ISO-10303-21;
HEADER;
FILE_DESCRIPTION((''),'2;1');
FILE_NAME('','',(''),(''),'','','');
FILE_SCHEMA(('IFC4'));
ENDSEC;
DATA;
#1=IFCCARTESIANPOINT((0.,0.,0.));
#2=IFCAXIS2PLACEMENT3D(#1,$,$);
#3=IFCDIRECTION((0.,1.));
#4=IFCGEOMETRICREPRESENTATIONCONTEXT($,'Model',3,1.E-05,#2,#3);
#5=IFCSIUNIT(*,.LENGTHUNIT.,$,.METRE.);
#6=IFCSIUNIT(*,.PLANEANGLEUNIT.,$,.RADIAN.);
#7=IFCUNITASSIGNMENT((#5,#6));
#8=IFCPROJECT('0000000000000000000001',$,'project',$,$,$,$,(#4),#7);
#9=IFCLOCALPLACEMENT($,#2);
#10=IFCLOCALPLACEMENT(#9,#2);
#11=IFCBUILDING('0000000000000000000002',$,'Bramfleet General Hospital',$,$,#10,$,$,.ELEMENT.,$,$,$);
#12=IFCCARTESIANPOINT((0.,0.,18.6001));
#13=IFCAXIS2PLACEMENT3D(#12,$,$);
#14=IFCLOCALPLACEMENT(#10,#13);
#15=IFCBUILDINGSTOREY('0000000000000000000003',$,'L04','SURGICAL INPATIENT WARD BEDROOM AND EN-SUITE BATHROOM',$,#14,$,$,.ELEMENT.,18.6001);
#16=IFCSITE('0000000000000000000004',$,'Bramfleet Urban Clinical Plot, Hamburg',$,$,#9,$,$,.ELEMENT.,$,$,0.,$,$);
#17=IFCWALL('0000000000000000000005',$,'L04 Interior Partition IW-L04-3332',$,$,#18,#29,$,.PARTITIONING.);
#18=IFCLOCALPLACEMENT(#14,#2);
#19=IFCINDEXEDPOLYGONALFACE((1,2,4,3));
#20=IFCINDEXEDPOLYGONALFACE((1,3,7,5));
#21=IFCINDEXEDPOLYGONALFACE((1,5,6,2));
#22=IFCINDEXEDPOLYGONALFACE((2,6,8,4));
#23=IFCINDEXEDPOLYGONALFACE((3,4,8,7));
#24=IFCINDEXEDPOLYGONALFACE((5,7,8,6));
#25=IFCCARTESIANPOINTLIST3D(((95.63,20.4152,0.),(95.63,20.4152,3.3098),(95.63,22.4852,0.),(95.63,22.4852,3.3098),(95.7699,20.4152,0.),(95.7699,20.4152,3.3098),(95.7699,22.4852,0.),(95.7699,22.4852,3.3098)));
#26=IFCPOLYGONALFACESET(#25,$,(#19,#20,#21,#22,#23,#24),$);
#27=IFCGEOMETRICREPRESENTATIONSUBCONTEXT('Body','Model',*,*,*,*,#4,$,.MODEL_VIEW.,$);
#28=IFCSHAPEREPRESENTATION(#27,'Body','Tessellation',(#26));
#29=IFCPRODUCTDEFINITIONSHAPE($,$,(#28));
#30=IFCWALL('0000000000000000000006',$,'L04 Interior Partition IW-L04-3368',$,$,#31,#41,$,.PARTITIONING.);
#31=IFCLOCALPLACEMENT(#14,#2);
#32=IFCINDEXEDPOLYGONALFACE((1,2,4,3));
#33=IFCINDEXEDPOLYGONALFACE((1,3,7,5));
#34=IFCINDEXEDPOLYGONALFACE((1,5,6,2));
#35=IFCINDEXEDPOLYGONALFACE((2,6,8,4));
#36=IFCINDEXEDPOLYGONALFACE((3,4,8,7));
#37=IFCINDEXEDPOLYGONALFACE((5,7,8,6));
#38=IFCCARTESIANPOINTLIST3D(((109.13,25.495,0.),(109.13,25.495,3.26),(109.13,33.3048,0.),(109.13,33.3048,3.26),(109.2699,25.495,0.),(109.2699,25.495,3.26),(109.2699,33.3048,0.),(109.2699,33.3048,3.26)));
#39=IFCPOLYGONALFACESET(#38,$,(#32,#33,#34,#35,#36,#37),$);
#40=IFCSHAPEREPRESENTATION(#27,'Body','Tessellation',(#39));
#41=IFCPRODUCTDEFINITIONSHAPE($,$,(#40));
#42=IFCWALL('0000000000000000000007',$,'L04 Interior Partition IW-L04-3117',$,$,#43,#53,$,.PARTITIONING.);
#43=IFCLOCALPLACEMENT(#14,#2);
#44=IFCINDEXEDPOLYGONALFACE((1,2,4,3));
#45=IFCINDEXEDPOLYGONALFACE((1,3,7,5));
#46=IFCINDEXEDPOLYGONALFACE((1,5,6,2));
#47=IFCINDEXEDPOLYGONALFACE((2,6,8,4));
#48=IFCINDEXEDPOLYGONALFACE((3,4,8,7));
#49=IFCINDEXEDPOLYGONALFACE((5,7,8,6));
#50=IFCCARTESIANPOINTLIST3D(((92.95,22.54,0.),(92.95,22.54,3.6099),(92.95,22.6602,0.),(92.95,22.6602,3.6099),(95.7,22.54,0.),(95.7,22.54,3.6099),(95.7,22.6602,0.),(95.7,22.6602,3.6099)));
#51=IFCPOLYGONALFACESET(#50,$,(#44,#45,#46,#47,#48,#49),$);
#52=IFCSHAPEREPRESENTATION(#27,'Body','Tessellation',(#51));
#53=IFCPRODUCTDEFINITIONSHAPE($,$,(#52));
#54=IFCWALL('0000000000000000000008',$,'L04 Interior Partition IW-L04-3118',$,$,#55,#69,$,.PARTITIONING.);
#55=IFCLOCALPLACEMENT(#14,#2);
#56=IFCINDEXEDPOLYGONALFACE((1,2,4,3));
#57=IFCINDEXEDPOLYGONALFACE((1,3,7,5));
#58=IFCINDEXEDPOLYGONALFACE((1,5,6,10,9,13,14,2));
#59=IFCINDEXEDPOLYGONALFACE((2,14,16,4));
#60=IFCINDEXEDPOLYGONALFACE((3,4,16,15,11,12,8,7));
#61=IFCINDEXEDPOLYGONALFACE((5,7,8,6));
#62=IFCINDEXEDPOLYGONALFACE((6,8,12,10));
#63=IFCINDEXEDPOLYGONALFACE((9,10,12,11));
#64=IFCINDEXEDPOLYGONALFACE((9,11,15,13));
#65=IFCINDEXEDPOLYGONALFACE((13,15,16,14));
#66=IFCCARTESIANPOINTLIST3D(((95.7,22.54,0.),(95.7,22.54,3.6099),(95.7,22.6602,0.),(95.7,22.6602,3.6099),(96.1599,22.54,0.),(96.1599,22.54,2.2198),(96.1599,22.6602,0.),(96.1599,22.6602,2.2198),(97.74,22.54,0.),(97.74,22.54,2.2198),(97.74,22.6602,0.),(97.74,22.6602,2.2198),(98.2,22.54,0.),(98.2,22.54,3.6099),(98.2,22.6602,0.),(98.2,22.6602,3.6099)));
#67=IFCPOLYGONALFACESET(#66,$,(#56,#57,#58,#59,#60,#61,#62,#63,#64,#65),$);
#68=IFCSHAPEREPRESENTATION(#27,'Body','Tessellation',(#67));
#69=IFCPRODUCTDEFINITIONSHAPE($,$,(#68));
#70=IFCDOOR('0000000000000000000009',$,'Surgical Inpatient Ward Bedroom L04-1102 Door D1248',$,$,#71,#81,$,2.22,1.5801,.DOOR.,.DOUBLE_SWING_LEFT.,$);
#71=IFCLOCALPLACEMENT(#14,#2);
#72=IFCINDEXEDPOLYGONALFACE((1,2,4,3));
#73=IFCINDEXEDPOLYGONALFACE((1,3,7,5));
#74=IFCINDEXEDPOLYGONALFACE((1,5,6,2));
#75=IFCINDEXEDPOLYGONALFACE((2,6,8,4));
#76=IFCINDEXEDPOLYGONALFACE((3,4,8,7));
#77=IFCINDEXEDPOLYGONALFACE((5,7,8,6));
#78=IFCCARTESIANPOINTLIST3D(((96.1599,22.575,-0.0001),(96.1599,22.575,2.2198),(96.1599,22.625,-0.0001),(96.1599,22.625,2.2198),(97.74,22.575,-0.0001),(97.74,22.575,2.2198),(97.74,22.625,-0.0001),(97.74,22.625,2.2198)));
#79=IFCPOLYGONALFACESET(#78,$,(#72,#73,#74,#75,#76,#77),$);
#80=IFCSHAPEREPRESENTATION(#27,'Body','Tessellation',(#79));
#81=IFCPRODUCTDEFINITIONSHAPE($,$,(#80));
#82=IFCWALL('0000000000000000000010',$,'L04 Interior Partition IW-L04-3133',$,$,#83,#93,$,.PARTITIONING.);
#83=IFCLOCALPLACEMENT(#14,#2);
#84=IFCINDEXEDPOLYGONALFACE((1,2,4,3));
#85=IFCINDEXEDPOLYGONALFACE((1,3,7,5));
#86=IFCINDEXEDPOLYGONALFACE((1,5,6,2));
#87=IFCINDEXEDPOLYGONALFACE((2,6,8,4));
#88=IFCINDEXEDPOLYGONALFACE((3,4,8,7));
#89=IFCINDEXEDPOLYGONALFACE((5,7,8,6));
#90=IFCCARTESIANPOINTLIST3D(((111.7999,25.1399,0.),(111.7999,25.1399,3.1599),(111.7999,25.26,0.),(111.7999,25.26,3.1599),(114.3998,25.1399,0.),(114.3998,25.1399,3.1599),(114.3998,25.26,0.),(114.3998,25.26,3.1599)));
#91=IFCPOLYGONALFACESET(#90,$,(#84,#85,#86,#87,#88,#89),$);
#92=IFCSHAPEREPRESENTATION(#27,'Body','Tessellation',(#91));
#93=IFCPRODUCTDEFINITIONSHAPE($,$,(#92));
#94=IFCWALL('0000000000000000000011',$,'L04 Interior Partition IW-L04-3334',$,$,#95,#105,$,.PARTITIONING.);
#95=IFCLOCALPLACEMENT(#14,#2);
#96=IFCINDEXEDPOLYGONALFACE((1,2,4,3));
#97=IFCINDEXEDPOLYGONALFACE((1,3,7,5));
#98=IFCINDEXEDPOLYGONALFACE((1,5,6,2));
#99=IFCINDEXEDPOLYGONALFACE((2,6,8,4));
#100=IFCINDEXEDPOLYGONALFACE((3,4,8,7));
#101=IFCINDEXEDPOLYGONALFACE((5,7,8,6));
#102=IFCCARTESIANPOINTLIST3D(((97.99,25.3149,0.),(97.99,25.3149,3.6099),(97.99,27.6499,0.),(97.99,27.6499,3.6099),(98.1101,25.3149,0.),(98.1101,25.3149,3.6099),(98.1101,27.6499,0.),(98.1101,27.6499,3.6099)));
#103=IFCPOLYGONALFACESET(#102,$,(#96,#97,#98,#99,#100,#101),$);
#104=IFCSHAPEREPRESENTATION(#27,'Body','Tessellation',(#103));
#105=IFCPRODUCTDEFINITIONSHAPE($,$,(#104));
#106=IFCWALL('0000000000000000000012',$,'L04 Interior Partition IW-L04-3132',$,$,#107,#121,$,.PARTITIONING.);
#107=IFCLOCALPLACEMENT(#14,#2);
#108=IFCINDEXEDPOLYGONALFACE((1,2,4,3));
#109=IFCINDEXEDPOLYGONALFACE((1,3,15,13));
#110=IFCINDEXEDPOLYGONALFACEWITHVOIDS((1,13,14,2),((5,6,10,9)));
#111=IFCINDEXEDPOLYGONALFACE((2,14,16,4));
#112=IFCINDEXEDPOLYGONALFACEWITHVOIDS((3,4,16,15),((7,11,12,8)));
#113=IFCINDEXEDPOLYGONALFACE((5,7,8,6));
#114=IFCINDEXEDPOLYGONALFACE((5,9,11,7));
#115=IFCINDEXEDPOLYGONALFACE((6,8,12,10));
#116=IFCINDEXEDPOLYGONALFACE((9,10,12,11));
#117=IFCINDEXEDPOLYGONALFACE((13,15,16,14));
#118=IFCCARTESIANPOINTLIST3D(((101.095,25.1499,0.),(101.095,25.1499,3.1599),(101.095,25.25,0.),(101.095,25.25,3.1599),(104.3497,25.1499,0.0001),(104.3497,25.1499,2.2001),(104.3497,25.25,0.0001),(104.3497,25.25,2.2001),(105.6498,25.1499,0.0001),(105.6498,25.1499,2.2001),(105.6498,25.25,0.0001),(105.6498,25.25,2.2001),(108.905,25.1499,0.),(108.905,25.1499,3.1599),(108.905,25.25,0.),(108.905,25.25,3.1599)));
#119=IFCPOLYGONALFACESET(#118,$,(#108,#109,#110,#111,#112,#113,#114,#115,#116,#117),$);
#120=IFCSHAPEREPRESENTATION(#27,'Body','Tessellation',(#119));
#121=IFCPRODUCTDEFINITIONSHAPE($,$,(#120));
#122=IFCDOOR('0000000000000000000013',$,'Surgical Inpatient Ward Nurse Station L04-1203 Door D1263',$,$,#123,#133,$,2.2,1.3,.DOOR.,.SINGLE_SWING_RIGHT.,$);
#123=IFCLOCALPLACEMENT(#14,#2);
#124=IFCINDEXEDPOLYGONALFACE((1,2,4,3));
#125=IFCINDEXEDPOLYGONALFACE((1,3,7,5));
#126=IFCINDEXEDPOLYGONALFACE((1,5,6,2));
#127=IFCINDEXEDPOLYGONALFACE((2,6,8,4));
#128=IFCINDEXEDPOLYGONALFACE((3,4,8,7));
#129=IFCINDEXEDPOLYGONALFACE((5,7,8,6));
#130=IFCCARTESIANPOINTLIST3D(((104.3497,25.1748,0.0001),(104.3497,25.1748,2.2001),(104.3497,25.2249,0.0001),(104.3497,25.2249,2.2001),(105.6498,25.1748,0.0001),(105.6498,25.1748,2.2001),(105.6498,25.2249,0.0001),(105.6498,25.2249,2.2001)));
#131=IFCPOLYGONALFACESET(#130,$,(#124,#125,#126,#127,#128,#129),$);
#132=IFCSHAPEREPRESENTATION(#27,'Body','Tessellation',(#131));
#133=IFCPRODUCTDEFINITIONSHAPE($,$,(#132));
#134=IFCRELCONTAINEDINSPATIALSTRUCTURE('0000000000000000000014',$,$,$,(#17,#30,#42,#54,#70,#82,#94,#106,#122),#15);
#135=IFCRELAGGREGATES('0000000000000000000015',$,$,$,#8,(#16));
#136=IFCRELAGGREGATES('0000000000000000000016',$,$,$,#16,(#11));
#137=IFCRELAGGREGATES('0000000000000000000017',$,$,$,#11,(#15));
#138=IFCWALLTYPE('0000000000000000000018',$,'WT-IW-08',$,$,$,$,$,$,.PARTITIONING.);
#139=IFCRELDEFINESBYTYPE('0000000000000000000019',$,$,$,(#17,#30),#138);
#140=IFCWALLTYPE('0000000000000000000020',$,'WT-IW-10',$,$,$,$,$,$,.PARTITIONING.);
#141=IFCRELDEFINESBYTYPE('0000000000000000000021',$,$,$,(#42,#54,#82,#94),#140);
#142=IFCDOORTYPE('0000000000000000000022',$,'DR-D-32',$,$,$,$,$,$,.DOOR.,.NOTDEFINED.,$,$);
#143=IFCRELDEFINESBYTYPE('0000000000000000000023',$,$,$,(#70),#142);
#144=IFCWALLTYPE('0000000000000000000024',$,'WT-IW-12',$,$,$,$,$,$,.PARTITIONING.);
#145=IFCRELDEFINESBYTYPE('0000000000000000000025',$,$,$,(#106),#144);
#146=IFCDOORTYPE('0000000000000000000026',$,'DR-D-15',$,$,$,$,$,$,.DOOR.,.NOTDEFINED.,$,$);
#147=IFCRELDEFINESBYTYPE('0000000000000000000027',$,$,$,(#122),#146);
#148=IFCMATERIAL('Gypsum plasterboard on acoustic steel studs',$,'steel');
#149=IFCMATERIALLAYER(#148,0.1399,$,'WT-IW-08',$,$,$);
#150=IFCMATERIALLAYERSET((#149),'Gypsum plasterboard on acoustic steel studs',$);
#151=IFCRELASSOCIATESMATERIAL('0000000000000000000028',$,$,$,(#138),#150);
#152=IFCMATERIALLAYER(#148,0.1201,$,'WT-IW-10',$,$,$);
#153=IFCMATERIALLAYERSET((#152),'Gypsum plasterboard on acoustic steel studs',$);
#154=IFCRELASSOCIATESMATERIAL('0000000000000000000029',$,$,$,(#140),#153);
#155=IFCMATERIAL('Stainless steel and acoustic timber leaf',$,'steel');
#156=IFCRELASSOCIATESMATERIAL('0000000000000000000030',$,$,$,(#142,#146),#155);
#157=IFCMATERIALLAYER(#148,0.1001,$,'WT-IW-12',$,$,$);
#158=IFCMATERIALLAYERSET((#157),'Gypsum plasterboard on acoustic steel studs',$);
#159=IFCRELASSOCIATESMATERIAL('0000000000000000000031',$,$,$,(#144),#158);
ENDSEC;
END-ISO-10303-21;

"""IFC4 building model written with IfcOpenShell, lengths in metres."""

from ifc_helpers import new_model, si_unit, direction, frame, frame_2d, origin, place, context, subcontext, project, spatial, rectangle, extrude, material, layer, layer_set, type_object, element, fill, save


model = new_model("IFC4")

# Units and contexts
model_context = context("Model", 3, precision=1e-05, world=origin(), true_north=direction((0.0, 1.0)))
body_context = subcontext(model_context, "Body", "Model", "MODEL_VIEW")
ifc_project = project(units=[si_unit("LENGTHUNIT", "METRE"), si_unit("PLANEANGLEUNIT", "RADIAN")], contexts=[model_context])

# Site, building, storey
site_placement = place(None, origin())
site = spatial("IfcSite", under=ifc_project, at=site_placement, Name="Bramfleet Urban Clinical Plot, Hamburg", CompositionType="ELEMENT", RefElevation=0.0)
building_placement = place(site_placement, origin())
building = spatial("IfcBuilding", under=site, at=building_placement, Name="Bramfleet General Hospital", CompositionType="ELEMENT")
storey_placement = place(building_placement, frame((0.0, 0.0, 18.6001)))
storey = spatial("IfcBuildingStorey", under=building, at=storey_placement, Name="L04", Description="SURGICAL INPATIENT WARD BEDROOM AND EN-SUITE BATHROOM", CompositionType="ELEMENT", Elevation=18.6001)

# Shared definitions
ifc_material_1 = material(Name="Stainless steel and acoustic timber leaf", Category="steel")

# Walls
ifc_material_2 = material(Name="Gypsum plasterboard on acoustic steel studs", Category="steel")
ifc_layer_1 = layer(ifc_material_2, 0.1399, Name="WT-IW-08")
ifc_layer_set_1 = layer_set([ifc_layer_1], Name="Gypsum plasterboard on acoustic steel studs")
wall_type_1 = type_object("IfcWallType", Name="WT-IW-08", PredefinedType="PARTITIONING", material=ifc_layer_set_1)
wall_1_placement = place(storey_placement, frame((95.7, 20.415, 0.0), z_axis=(0.0, 0.0, 1.0), x_axis=(0.0, 1.0, 0.0)))
element("IfcWall", 1, at=wall_1_placement, inside=storey, type_object=wall_type_1, Name="L04 Interior Partition IW-L04-3332", PredefinedType="PARTITIONING", context=body_context, shape_type="SweptSolid", body=[
    extrude(rectangle(XDim=2.0701, YDim=0.1399, at=frame_2d((1.0352, 0.0))), origin(), (0.0, 0.0, 1.0), 3.3098),
])
wall_2_placement = place(storey_placement, frame((109.2, 25.4951, 0.0), z_axis=(0.0, 0.0, 1.0), x_axis=(0.0, 1.0, 0.0)))
element("IfcWall", 2, at=wall_2_placement, inside=storey, type_object=wall_type_1, Name="L04 Interior Partition IW-L04-3368", PredefinedType="PARTITIONING", context=body_context, shape_type="SweptSolid", body=[
    extrude(rectangle(XDim=7.8098, YDim=0.1399, at=frame_2d((3.9048, 0.0))), origin(), (0.0, 0.0, 1.0), 3.26),
])
ifc_layer_2 = layer(ifc_material_2, 0.1201, Name="WT-IW-10")
ifc_layer_set_2 = layer_set([ifc_layer_2], Name="Gypsum plasterboard on acoustic steel studs")
wall_type_2 = type_object("IfcWallType", Name="WT-IW-10", PredefinedType="PARTITIONING", material=ifc_layer_set_2)
wall_3_placement = place(storey_placement, frame((92.95, 22.6001, 0.0), z_axis=(0.0, 0.0, 1.0), x_axis=(1.0, 0.0, 0.0)))
element("IfcWall", 3, at=wall_3_placement, inside=storey, type_object=wall_type_2, Name="L04 Interior Partition IW-L04-3117", PredefinedType="PARTITIONING", context=body_context, shape_type="SweptSolid", body=[
    extrude(rectangle(XDim=2.75, YDim=0.1201, at=frame_2d((1.375, 0.0))), origin(), (0.0, 0.0, 1.0), 3.6099),
])

# Wall, opening, door
wall_4_placement = place(storey_placement, frame((95.7, 22.6001, 0.0), z_axis=(0.0, 0.0, 1.0), x_axis=(1.0, 0.0, 0.0)))
wall_4 = element("IfcWall", 4, at=wall_4_placement, inside=storey, type_object=wall_type_2, Name="L04 Interior Partition IW-L04-3118", PredefinedType="PARTITIONING", context=body_context, shape_type="SweptSolid", body=[
    extrude(rectangle(XDim=2.5, YDim=0.1201, at=frame_2d((1.25, 0.0))), origin(), (0.0, 0.0, 1.0), 3.6099),
])
opening_1_placement = place(wall_4_placement, frame((0.46, 0.0, 0.0)))
opening_1 = element("IfcOpeningElement", 5, at=opening_1_placement, cuts=wall_4, PredefinedType="OPENING", context=body_context, shape_type="SweptSolid", body=[
    extrude(rectangle(XDim=1.5801, YDim=2.22, at=frame_2d((0.79, 1.1099))), frame((0.0, 0.0701, 0.0), z_axis=(0.0, -1.0, 0.0), x_axis=(1.0, 0.0, 0.0)), (0.0, 0.0, 1.0), 0.1401),
])
door_type_1 = type_object("IfcDoorType", Name="DR-D-32", OperationType="NOTDEFINED", PredefinedType="DOOR", material=ifc_material_1)
door_1_placement = place(opening_1_placement, origin())
door_1 = element("IfcDoor", 6, at=door_1_placement, inside=storey, type_object=door_type_1, Name="Surgical Inpatient Ward Bedroom L04-1102 Door D1248", OperationType="DOUBLE_SWING_LEFT", OverallHeight=2.22, OverallWidth=1.5801, PredefinedType="DOOR", context=body_context, shape_type="SweptSolid", body=[
    extrude(rectangle(XDim=1.5801, YDim=2.22, at=frame_2d((0.79, 1.1099))), frame((0.0, 0.0249, 0.0), z_axis=(0.0, -1.0, 0.0), x_axis=(1.0, 0.0, 0.0)), (0.0, 0.0, 1.0), 0.05),
])
fill(opening_1, door_1)

# Walls
wall_5_placement = place(storey_placement, frame((111.8, 25.2, 0.0), z_axis=(0.0, 0.0, 1.0), x_axis=(1.0, 0.0, 0.0)))
element("IfcWall", 7, at=wall_5_placement, inside=storey, type_object=wall_type_2, Name="L04 Interior Partition IW-L04-3133", PredefinedType="PARTITIONING", context=body_context, shape_type="SweptSolid", body=[
    extrude(rectangle(XDim=2.5999, YDim=0.1201, at=frame_2d((1.2998, 0.0))), origin(), (0.0, 0.0, 1.0), 3.1599),
])
wall_6_placement = place(storey_placement, frame((98.05, 25.3149, 0.0), z_axis=(0.0, 0.0, 1.0), x_axis=(0.0, 1.0, 0.0)))
element("IfcWall", 8, at=wall_6_placement, inside=storey, type_object=wall_type_2, Name="L04 Interior Partition IW-L04-3334", PredefinedType="PARTITIONING", context=body_context, shape_type="SweptSolid", body=[
    extrude(rectangle(XDim=2.335, YDim=0.1201, at=frame_2d((1.1675, 0.0))), origin(), (0.0, 0.0, 1.0), 3.6099),
])

# Wall, opening, door
ifc_layer_3 = layer(ifc_material_2, 0.1001, Name="WT-IW-12")
ifc_layer_set_3 = layer_set([ifc_layer_3], Name="Gypsum plasterboard on acoustic steel studs")
wall_type_3 = type_object("IfcWallType", Name="WT-IW-12", PredefinedType="PARTITIONING", material=ifc_layer_set_3)
wall_7_placement = place(storey_placement, frame((101.095, 25.2, 0.0), z_axis=(0.0, 0.0, 1.0), x_axis=(1.0, 0.0, 0.0)))
wall_7 = element("IfcWall", 9, at=wall_7_placement, inside=storey, type_object=wall_type_3, Name="L04 Interior Partition IW-L04-3132", PredefinedType="PARTITIONING", context=body_context, shape_type="SweptSolid", body=[
    extrude(rectangle(XDim=7.8101, YDim=0.1001, at=frame_2d((3.905, 0.0))), origin(), (0.0, 0.0, 1.0), 3.1599),
])
opening_2_placement = place(wall_7_placement, frame((3.2549, 0.0, 0.0)))
opening_2 = element("IfcOpeningElement", 10, at=opening_2_placement, cuts=wall_7, PredefinedType="OPENING", context=body_context, shape_type="SweptSolid", body=[
    extrude(rectangle(XDim=1.3, YDim=2.2, at=frame_2d((0.6499, 1.1001))), frame((0.0, 0.0601, 0.0), z_axis=(0.0, -1.0, 0.0), x_axis=(1.0, 0.0, 0.0)), (0.0, 0.0, 1.0), 0.1201),
])
door_type_2 = type_object("IfcDoorType", Name="DR-D-15", OperationType="NOTDEFINED", PredefinedType="DOOR", material=ifc_material_1)
door_2_placement = place(opening_2_placement, origin())
door_2 = element("IfcDoor", 11, at=door_2_placement, inside=storey, type_object=door_type_2, Name="Surgical Inpatient Ward Nurse Station L04-1203 Door D1263", OperationType="SINGLE_SWING_RIGHT", OverallHeight=2.2, OverallWidth=1.3, PredefinedType="DOOR", context=body_context, shape_type="SweptSolid", body=[
    extrude(rectangle(XDim=1.3, YDim=2.2, at=frame_2d((0.6499, 1.1001))), frame((0.0, 0.0249, 0.0), z_axis=(0.0, -1.0, 0.0), x_axis=(1.0, 0.0, 0.0)), (0.0, 0.0, 1.0), 0.05),
])
fill(opening_2, door_2)

save(model, "model.ifc")
